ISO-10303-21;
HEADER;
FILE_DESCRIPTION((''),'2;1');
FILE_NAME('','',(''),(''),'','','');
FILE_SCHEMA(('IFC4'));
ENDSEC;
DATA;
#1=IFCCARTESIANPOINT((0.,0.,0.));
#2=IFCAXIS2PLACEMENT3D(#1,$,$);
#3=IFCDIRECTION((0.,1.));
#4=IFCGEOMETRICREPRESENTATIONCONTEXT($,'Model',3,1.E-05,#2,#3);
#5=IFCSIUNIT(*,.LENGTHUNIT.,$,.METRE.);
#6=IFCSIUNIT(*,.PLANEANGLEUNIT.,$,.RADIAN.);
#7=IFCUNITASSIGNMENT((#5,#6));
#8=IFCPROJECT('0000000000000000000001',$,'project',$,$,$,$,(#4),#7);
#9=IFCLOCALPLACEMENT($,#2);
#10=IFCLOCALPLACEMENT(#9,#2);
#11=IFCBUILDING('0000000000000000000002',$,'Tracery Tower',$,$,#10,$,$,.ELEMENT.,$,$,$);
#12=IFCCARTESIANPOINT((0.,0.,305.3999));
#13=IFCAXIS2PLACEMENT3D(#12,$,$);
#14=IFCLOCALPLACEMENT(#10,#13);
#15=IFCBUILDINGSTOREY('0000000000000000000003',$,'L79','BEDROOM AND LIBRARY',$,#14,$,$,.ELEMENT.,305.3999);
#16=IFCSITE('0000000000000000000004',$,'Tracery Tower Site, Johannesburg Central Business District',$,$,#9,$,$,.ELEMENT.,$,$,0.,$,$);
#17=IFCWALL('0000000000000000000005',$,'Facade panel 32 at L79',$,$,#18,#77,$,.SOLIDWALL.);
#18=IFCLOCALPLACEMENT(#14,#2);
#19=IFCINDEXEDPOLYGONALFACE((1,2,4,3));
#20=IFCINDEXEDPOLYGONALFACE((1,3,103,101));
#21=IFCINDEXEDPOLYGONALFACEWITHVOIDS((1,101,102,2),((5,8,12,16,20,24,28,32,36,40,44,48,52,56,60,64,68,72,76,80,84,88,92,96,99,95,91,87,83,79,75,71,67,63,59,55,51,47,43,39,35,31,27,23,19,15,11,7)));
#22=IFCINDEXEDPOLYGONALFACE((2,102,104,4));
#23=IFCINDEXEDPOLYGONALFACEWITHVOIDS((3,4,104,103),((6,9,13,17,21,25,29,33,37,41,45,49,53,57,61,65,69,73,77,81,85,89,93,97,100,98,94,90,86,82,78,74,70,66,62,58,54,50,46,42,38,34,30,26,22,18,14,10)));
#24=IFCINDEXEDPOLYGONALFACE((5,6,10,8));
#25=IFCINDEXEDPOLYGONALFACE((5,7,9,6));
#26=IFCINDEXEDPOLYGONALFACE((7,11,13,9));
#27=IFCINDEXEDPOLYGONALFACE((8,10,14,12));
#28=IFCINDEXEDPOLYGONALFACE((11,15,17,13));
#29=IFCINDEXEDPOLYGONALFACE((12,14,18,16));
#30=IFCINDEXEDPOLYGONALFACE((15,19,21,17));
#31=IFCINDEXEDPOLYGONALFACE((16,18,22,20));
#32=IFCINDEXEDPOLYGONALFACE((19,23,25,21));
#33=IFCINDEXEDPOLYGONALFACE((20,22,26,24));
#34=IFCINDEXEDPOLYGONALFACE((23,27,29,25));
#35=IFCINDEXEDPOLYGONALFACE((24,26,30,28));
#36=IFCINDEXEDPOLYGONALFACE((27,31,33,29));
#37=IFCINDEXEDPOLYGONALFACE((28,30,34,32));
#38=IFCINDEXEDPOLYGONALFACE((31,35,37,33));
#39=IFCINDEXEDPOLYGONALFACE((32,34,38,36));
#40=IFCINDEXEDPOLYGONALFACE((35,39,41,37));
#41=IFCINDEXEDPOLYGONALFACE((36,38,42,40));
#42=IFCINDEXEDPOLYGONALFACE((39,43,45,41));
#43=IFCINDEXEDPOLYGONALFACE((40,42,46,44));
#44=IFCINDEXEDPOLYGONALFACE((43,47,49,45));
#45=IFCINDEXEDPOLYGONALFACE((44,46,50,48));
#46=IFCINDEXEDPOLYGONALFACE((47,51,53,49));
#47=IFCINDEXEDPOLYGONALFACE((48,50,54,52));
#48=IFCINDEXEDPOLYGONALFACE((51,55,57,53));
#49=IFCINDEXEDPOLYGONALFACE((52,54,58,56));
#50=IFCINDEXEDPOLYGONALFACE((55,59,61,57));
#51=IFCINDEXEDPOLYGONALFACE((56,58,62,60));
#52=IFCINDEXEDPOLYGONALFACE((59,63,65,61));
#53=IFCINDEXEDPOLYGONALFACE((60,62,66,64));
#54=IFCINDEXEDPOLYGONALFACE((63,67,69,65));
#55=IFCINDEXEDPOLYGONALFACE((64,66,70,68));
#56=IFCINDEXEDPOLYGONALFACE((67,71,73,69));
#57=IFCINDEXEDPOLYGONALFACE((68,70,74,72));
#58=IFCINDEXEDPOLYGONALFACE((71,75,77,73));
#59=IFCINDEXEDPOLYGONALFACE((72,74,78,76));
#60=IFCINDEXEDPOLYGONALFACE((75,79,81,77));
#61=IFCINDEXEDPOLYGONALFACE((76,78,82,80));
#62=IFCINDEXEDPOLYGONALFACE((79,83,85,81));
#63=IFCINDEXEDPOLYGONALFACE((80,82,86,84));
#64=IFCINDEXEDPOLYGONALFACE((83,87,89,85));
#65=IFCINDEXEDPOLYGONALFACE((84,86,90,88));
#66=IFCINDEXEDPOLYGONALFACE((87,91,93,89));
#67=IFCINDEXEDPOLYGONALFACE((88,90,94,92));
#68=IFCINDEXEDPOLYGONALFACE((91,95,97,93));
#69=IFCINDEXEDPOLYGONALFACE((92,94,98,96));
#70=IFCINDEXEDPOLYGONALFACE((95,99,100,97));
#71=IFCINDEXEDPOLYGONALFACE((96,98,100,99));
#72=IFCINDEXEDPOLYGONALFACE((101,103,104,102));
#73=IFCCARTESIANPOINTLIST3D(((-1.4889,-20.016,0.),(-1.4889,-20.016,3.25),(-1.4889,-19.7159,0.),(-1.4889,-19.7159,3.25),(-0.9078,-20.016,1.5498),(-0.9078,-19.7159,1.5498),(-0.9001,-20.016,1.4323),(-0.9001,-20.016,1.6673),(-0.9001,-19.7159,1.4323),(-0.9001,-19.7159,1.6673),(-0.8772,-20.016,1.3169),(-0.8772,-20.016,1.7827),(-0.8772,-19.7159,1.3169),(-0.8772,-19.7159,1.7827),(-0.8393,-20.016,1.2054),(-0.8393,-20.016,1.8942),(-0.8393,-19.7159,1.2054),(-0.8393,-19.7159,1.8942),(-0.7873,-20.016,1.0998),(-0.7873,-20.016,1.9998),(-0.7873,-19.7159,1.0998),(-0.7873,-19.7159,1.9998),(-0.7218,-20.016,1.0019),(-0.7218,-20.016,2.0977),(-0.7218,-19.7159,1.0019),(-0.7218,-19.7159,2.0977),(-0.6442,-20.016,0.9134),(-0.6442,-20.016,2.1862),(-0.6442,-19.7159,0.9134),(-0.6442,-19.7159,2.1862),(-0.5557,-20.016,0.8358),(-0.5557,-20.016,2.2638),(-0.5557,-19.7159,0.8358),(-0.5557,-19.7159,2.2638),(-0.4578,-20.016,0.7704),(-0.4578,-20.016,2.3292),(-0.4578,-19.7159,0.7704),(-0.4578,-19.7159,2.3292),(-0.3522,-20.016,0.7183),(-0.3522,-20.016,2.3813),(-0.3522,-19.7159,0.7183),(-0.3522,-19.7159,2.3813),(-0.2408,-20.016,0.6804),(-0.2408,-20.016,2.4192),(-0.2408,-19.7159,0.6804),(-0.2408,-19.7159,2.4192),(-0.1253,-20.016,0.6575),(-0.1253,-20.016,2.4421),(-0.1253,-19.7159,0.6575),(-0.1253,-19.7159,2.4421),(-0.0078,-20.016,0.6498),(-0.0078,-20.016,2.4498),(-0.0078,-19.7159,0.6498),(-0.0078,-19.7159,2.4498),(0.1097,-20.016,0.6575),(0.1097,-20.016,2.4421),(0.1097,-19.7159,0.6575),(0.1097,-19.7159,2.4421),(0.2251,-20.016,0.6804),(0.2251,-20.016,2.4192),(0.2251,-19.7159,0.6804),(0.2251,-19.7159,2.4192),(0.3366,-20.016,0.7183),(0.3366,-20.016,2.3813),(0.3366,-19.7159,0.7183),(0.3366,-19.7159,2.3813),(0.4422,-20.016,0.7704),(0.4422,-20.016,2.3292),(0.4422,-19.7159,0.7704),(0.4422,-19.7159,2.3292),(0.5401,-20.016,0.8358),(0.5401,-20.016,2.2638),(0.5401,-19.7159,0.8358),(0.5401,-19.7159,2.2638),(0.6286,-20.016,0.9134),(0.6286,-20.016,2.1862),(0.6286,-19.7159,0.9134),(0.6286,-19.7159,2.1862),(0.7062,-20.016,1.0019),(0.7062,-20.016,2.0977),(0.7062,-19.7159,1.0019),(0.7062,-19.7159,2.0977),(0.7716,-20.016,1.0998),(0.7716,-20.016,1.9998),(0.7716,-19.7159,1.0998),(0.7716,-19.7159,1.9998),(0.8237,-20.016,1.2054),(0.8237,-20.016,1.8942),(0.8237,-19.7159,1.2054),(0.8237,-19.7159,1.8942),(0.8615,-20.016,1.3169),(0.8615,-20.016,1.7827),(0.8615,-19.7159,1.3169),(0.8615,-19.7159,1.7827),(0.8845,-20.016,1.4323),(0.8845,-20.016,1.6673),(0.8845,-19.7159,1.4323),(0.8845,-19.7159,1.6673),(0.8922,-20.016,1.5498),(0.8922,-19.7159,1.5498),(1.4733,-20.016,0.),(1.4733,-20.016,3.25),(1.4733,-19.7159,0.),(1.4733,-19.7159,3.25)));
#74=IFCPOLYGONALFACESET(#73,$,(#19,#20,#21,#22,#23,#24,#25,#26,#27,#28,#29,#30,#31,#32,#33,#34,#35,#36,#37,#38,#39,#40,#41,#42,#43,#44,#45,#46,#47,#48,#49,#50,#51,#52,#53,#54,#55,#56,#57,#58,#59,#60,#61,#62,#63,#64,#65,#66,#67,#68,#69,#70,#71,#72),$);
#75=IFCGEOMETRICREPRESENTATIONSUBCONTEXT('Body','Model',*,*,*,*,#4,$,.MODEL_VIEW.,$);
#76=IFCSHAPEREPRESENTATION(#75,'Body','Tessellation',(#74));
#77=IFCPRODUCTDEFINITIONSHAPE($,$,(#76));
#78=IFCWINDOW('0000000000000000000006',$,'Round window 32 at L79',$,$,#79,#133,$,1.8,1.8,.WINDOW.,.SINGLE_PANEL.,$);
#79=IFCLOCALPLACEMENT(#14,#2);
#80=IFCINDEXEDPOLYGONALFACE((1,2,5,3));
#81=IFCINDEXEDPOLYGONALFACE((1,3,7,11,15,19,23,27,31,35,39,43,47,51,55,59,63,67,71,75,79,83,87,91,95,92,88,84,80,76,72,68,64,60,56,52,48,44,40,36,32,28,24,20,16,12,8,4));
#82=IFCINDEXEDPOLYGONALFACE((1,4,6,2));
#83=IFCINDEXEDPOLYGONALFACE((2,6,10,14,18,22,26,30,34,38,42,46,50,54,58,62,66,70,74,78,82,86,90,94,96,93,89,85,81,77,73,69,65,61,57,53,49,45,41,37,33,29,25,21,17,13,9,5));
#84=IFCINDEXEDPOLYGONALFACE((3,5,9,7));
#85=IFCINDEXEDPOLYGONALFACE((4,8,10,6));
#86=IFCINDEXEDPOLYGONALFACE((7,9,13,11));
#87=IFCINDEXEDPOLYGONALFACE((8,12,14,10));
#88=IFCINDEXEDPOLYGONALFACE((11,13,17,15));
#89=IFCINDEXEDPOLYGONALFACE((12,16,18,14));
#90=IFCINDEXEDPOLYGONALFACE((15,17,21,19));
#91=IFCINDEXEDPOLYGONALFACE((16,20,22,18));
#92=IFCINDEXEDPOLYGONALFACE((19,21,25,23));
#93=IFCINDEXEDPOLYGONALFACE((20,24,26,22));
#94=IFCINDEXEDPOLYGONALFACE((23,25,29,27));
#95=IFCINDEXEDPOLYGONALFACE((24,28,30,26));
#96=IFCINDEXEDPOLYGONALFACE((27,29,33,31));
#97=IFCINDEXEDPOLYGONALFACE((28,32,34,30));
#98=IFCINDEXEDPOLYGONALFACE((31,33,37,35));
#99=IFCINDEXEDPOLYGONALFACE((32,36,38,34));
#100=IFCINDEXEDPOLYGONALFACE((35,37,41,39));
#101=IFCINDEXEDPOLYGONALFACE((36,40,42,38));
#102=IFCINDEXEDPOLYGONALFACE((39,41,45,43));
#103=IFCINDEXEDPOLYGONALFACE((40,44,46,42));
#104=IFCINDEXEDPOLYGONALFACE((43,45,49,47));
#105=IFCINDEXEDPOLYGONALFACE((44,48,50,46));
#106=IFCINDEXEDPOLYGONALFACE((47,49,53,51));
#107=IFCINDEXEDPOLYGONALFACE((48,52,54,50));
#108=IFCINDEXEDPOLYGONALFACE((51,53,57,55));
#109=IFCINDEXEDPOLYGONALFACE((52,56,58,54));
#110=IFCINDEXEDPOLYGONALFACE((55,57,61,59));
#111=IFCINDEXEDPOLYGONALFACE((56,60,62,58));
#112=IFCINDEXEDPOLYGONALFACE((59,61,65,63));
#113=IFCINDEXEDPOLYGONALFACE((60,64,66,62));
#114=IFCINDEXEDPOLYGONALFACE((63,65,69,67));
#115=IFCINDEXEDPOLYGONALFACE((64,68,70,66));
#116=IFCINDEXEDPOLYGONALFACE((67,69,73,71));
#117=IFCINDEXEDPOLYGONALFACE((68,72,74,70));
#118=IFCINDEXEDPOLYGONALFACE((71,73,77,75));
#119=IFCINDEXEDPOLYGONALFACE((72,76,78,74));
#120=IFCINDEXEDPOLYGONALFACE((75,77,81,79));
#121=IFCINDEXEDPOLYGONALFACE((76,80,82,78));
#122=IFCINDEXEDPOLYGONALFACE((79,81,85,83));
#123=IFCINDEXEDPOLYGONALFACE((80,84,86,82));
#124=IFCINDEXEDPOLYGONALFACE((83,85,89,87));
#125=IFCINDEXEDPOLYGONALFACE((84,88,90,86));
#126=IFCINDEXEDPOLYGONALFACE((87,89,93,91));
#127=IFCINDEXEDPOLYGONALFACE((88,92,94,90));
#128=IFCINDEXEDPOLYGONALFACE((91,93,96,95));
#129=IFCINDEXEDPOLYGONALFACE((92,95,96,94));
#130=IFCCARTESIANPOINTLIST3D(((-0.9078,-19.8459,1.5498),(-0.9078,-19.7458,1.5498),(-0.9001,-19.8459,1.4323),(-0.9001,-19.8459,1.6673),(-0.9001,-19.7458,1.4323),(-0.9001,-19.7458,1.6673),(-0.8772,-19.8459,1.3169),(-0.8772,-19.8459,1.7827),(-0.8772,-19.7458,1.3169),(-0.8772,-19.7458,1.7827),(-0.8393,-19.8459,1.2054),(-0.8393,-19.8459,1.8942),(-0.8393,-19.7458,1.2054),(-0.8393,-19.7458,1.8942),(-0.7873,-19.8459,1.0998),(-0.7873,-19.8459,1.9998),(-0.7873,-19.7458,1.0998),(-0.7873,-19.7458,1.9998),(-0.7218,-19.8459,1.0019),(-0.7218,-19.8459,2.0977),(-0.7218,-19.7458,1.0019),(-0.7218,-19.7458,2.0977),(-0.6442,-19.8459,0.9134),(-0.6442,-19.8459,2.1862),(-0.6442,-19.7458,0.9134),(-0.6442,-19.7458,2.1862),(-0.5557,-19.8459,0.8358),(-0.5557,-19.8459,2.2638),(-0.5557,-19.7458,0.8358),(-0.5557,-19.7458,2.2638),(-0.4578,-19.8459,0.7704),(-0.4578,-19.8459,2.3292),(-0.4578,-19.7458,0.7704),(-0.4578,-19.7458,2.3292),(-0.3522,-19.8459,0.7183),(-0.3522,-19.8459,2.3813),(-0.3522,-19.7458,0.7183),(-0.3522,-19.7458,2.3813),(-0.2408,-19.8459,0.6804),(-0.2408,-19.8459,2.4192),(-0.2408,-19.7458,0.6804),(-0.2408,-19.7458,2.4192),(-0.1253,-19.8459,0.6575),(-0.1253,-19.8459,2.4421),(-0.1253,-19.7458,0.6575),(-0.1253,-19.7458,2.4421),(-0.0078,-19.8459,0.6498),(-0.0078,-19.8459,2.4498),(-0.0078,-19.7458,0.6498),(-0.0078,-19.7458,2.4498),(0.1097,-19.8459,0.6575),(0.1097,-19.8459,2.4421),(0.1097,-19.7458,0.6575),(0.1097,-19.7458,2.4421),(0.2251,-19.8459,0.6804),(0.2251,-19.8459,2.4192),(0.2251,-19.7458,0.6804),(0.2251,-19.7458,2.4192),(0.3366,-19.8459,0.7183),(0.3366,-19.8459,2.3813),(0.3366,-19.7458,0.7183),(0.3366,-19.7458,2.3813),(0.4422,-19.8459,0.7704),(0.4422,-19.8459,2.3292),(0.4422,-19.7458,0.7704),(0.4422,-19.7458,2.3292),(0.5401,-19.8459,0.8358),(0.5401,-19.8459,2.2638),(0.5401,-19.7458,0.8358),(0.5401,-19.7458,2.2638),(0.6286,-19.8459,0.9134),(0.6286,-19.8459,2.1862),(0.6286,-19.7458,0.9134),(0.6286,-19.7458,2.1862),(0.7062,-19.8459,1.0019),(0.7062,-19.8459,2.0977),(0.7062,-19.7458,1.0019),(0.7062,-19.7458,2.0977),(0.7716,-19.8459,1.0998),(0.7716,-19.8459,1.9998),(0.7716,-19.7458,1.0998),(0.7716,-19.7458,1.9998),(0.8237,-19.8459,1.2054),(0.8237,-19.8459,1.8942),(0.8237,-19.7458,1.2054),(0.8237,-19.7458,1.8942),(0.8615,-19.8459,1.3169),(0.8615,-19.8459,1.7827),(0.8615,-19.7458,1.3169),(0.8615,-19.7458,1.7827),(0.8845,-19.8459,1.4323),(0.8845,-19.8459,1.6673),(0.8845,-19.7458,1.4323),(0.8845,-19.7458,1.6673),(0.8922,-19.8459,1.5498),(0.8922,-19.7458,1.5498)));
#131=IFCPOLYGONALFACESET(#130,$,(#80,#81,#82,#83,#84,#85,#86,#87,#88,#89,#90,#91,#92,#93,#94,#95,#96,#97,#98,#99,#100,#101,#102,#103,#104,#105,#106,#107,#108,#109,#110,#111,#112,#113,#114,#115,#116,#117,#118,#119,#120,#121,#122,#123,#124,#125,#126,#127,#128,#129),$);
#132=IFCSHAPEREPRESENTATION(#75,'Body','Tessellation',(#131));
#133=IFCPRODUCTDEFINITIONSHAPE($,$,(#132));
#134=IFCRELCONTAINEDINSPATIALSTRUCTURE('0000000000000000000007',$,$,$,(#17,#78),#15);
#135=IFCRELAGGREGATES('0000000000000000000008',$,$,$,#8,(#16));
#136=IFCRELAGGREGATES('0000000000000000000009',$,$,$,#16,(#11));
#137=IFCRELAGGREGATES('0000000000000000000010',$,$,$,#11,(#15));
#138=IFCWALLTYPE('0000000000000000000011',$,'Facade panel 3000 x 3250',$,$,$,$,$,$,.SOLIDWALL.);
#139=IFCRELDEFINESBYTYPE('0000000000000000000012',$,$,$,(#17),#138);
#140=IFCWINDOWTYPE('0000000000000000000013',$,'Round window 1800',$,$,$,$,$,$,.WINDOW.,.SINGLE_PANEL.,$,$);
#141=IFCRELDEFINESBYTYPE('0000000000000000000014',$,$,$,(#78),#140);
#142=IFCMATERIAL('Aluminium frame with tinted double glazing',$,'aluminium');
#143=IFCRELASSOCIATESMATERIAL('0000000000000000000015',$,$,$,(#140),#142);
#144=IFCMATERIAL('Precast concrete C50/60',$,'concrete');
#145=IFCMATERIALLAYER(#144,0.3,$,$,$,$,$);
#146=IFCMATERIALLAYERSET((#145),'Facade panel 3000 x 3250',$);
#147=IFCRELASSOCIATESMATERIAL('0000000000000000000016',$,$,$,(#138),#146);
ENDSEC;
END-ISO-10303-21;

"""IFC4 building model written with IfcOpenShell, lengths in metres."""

from ifc_helpers import new_model, si_unit, direction, frame, frame_2d, origin, origin_2d, place, context, subcontext, project, spatial, rectangle, circle, extrude, material, layer, layer_set, type_object, element, fill, save


model = new_model("IFC4")

# Units and contexts
model_context = context("Model", 3, precision=1e-05, world=origin(), true_north=direction((0.0, 1.0)))
body_context = subcontext(model_context, "Body", "Model", "MODEL_VIEW")
ifc_project = project(units=[si_unit("LENGTHUNIT", "METRE"), si_unit("PLANEANGLEUNIT", "RADIAN")], contexts=[model_context])

# Site, building, storey
site_placement = place(None, origin())
site = spatial("IfcSite", under=ifc_project, at=site_placement, Name="Tracery Tower Site, Johannesburg Central Business District", CompositionType="ELEMENT", RefElevation=0.0)
building_placement = place(site_placement, origin())
building = spatial("IfcBuilding", under=site, at=building_placement, Name="Tracery Tower", CompositionType="ELEMENT")
storey_placement = place(building_placement, frame((0.0, 0.0, 305.3999)))
storey = spatial("IfcBuildingStorey", under=building, at=storey_placement, Name="L79", Description="BEDROOM AND LIBRARY", CompositionType="ELEMENT", Elevation=305.3999)

# Wall, opening, window
ifc_material_1 = material(Name="Aluminium frame with tinted double glazing", Category="aluminium")
window_type = type_object("IfcWindowType", Name="Round window 1800", PartitioningType="SINGLE_PANEL", PredefinedType="WINDOW", material=ifc_material_1)
ifc_material_2 = material(Name="Precast concrete C50/60", Category="concrete")
ifc_layer_1 = layer(ifc_material_2, 0.3)
ifc_layer_set_1 = layer_set([ifc_layer_1], Name="Facade panel 3000 x 3250")
wall_type_1 = type_object("IfcWallType", Name="Facade panel 3000 x 3250", PredefinedType="SOLIDWALL", material=ifc_layer_set_1)
wall_1_placement = place(storey_placement, frame((-1.4888, -19.866, 0.0), z_axis=(0.0, 0.0, 1.0), x_axis=(1.0, 0.0, 0.0)))
wall_1 = element("IfcWall", 1, at=wall_1_placement, inside=storey, type_object=wall_type_1, Name="Facade panel 32 at L79", PredefinedType="SOLIDWALL", context=body_context, shape_type="SweptSolid", body=[
    extrude(rectangle(XDim=2.9622, YDim=0.3, at=frame_2d((1.481, 0.0))), origin(), (0.0, 0.0, 1.0), 3.25),
])
opening_1_placement = place(wall_1_placement, frame((1.481, 0.0, 1.5498)))
opening_1 = element("IfcOpeningElement", 2, at=opening_1_placement, cuts=wall_1, PredefinedType="OPENING", context=body_context, shape_type="SweptSolid", body=[
    extrude(circle(Radius=0.9, at=origin_2d()), frame((0.0, 0.1599, 0.0), z_axis=(0.0, -1.0, 0.0), x_axis=(1.0, 0.0, 0.0)), (0.0, 0.0, 1.0), 0.3201),
])
window_1_placement = place(opening_1_placement, origin())
window_1 = element("IfcWindow", 3, at=window_1_placement, inside=storey, type_object=window_type, Name="Round window 32 at L79", OverallHeight=1.8, OverallWidth=1.8, PartitioningType="SINGLE_PANEL", PredefinedType="WINDOW", context=body_context, shape_type="SweptSolid", body=[
    extrude(circle(Radius=0.9, at=origin_2d()), frame((0.0, 0.1201, 0.0), z_axis=(0.0, -1.0, 0.0), x_axis=(1.0, 0.0, 0.0)), (0.0, 0.0, 1.0), 0.1001),
])
fill(opening_1, window_1)

save(model, "model.ifc")
